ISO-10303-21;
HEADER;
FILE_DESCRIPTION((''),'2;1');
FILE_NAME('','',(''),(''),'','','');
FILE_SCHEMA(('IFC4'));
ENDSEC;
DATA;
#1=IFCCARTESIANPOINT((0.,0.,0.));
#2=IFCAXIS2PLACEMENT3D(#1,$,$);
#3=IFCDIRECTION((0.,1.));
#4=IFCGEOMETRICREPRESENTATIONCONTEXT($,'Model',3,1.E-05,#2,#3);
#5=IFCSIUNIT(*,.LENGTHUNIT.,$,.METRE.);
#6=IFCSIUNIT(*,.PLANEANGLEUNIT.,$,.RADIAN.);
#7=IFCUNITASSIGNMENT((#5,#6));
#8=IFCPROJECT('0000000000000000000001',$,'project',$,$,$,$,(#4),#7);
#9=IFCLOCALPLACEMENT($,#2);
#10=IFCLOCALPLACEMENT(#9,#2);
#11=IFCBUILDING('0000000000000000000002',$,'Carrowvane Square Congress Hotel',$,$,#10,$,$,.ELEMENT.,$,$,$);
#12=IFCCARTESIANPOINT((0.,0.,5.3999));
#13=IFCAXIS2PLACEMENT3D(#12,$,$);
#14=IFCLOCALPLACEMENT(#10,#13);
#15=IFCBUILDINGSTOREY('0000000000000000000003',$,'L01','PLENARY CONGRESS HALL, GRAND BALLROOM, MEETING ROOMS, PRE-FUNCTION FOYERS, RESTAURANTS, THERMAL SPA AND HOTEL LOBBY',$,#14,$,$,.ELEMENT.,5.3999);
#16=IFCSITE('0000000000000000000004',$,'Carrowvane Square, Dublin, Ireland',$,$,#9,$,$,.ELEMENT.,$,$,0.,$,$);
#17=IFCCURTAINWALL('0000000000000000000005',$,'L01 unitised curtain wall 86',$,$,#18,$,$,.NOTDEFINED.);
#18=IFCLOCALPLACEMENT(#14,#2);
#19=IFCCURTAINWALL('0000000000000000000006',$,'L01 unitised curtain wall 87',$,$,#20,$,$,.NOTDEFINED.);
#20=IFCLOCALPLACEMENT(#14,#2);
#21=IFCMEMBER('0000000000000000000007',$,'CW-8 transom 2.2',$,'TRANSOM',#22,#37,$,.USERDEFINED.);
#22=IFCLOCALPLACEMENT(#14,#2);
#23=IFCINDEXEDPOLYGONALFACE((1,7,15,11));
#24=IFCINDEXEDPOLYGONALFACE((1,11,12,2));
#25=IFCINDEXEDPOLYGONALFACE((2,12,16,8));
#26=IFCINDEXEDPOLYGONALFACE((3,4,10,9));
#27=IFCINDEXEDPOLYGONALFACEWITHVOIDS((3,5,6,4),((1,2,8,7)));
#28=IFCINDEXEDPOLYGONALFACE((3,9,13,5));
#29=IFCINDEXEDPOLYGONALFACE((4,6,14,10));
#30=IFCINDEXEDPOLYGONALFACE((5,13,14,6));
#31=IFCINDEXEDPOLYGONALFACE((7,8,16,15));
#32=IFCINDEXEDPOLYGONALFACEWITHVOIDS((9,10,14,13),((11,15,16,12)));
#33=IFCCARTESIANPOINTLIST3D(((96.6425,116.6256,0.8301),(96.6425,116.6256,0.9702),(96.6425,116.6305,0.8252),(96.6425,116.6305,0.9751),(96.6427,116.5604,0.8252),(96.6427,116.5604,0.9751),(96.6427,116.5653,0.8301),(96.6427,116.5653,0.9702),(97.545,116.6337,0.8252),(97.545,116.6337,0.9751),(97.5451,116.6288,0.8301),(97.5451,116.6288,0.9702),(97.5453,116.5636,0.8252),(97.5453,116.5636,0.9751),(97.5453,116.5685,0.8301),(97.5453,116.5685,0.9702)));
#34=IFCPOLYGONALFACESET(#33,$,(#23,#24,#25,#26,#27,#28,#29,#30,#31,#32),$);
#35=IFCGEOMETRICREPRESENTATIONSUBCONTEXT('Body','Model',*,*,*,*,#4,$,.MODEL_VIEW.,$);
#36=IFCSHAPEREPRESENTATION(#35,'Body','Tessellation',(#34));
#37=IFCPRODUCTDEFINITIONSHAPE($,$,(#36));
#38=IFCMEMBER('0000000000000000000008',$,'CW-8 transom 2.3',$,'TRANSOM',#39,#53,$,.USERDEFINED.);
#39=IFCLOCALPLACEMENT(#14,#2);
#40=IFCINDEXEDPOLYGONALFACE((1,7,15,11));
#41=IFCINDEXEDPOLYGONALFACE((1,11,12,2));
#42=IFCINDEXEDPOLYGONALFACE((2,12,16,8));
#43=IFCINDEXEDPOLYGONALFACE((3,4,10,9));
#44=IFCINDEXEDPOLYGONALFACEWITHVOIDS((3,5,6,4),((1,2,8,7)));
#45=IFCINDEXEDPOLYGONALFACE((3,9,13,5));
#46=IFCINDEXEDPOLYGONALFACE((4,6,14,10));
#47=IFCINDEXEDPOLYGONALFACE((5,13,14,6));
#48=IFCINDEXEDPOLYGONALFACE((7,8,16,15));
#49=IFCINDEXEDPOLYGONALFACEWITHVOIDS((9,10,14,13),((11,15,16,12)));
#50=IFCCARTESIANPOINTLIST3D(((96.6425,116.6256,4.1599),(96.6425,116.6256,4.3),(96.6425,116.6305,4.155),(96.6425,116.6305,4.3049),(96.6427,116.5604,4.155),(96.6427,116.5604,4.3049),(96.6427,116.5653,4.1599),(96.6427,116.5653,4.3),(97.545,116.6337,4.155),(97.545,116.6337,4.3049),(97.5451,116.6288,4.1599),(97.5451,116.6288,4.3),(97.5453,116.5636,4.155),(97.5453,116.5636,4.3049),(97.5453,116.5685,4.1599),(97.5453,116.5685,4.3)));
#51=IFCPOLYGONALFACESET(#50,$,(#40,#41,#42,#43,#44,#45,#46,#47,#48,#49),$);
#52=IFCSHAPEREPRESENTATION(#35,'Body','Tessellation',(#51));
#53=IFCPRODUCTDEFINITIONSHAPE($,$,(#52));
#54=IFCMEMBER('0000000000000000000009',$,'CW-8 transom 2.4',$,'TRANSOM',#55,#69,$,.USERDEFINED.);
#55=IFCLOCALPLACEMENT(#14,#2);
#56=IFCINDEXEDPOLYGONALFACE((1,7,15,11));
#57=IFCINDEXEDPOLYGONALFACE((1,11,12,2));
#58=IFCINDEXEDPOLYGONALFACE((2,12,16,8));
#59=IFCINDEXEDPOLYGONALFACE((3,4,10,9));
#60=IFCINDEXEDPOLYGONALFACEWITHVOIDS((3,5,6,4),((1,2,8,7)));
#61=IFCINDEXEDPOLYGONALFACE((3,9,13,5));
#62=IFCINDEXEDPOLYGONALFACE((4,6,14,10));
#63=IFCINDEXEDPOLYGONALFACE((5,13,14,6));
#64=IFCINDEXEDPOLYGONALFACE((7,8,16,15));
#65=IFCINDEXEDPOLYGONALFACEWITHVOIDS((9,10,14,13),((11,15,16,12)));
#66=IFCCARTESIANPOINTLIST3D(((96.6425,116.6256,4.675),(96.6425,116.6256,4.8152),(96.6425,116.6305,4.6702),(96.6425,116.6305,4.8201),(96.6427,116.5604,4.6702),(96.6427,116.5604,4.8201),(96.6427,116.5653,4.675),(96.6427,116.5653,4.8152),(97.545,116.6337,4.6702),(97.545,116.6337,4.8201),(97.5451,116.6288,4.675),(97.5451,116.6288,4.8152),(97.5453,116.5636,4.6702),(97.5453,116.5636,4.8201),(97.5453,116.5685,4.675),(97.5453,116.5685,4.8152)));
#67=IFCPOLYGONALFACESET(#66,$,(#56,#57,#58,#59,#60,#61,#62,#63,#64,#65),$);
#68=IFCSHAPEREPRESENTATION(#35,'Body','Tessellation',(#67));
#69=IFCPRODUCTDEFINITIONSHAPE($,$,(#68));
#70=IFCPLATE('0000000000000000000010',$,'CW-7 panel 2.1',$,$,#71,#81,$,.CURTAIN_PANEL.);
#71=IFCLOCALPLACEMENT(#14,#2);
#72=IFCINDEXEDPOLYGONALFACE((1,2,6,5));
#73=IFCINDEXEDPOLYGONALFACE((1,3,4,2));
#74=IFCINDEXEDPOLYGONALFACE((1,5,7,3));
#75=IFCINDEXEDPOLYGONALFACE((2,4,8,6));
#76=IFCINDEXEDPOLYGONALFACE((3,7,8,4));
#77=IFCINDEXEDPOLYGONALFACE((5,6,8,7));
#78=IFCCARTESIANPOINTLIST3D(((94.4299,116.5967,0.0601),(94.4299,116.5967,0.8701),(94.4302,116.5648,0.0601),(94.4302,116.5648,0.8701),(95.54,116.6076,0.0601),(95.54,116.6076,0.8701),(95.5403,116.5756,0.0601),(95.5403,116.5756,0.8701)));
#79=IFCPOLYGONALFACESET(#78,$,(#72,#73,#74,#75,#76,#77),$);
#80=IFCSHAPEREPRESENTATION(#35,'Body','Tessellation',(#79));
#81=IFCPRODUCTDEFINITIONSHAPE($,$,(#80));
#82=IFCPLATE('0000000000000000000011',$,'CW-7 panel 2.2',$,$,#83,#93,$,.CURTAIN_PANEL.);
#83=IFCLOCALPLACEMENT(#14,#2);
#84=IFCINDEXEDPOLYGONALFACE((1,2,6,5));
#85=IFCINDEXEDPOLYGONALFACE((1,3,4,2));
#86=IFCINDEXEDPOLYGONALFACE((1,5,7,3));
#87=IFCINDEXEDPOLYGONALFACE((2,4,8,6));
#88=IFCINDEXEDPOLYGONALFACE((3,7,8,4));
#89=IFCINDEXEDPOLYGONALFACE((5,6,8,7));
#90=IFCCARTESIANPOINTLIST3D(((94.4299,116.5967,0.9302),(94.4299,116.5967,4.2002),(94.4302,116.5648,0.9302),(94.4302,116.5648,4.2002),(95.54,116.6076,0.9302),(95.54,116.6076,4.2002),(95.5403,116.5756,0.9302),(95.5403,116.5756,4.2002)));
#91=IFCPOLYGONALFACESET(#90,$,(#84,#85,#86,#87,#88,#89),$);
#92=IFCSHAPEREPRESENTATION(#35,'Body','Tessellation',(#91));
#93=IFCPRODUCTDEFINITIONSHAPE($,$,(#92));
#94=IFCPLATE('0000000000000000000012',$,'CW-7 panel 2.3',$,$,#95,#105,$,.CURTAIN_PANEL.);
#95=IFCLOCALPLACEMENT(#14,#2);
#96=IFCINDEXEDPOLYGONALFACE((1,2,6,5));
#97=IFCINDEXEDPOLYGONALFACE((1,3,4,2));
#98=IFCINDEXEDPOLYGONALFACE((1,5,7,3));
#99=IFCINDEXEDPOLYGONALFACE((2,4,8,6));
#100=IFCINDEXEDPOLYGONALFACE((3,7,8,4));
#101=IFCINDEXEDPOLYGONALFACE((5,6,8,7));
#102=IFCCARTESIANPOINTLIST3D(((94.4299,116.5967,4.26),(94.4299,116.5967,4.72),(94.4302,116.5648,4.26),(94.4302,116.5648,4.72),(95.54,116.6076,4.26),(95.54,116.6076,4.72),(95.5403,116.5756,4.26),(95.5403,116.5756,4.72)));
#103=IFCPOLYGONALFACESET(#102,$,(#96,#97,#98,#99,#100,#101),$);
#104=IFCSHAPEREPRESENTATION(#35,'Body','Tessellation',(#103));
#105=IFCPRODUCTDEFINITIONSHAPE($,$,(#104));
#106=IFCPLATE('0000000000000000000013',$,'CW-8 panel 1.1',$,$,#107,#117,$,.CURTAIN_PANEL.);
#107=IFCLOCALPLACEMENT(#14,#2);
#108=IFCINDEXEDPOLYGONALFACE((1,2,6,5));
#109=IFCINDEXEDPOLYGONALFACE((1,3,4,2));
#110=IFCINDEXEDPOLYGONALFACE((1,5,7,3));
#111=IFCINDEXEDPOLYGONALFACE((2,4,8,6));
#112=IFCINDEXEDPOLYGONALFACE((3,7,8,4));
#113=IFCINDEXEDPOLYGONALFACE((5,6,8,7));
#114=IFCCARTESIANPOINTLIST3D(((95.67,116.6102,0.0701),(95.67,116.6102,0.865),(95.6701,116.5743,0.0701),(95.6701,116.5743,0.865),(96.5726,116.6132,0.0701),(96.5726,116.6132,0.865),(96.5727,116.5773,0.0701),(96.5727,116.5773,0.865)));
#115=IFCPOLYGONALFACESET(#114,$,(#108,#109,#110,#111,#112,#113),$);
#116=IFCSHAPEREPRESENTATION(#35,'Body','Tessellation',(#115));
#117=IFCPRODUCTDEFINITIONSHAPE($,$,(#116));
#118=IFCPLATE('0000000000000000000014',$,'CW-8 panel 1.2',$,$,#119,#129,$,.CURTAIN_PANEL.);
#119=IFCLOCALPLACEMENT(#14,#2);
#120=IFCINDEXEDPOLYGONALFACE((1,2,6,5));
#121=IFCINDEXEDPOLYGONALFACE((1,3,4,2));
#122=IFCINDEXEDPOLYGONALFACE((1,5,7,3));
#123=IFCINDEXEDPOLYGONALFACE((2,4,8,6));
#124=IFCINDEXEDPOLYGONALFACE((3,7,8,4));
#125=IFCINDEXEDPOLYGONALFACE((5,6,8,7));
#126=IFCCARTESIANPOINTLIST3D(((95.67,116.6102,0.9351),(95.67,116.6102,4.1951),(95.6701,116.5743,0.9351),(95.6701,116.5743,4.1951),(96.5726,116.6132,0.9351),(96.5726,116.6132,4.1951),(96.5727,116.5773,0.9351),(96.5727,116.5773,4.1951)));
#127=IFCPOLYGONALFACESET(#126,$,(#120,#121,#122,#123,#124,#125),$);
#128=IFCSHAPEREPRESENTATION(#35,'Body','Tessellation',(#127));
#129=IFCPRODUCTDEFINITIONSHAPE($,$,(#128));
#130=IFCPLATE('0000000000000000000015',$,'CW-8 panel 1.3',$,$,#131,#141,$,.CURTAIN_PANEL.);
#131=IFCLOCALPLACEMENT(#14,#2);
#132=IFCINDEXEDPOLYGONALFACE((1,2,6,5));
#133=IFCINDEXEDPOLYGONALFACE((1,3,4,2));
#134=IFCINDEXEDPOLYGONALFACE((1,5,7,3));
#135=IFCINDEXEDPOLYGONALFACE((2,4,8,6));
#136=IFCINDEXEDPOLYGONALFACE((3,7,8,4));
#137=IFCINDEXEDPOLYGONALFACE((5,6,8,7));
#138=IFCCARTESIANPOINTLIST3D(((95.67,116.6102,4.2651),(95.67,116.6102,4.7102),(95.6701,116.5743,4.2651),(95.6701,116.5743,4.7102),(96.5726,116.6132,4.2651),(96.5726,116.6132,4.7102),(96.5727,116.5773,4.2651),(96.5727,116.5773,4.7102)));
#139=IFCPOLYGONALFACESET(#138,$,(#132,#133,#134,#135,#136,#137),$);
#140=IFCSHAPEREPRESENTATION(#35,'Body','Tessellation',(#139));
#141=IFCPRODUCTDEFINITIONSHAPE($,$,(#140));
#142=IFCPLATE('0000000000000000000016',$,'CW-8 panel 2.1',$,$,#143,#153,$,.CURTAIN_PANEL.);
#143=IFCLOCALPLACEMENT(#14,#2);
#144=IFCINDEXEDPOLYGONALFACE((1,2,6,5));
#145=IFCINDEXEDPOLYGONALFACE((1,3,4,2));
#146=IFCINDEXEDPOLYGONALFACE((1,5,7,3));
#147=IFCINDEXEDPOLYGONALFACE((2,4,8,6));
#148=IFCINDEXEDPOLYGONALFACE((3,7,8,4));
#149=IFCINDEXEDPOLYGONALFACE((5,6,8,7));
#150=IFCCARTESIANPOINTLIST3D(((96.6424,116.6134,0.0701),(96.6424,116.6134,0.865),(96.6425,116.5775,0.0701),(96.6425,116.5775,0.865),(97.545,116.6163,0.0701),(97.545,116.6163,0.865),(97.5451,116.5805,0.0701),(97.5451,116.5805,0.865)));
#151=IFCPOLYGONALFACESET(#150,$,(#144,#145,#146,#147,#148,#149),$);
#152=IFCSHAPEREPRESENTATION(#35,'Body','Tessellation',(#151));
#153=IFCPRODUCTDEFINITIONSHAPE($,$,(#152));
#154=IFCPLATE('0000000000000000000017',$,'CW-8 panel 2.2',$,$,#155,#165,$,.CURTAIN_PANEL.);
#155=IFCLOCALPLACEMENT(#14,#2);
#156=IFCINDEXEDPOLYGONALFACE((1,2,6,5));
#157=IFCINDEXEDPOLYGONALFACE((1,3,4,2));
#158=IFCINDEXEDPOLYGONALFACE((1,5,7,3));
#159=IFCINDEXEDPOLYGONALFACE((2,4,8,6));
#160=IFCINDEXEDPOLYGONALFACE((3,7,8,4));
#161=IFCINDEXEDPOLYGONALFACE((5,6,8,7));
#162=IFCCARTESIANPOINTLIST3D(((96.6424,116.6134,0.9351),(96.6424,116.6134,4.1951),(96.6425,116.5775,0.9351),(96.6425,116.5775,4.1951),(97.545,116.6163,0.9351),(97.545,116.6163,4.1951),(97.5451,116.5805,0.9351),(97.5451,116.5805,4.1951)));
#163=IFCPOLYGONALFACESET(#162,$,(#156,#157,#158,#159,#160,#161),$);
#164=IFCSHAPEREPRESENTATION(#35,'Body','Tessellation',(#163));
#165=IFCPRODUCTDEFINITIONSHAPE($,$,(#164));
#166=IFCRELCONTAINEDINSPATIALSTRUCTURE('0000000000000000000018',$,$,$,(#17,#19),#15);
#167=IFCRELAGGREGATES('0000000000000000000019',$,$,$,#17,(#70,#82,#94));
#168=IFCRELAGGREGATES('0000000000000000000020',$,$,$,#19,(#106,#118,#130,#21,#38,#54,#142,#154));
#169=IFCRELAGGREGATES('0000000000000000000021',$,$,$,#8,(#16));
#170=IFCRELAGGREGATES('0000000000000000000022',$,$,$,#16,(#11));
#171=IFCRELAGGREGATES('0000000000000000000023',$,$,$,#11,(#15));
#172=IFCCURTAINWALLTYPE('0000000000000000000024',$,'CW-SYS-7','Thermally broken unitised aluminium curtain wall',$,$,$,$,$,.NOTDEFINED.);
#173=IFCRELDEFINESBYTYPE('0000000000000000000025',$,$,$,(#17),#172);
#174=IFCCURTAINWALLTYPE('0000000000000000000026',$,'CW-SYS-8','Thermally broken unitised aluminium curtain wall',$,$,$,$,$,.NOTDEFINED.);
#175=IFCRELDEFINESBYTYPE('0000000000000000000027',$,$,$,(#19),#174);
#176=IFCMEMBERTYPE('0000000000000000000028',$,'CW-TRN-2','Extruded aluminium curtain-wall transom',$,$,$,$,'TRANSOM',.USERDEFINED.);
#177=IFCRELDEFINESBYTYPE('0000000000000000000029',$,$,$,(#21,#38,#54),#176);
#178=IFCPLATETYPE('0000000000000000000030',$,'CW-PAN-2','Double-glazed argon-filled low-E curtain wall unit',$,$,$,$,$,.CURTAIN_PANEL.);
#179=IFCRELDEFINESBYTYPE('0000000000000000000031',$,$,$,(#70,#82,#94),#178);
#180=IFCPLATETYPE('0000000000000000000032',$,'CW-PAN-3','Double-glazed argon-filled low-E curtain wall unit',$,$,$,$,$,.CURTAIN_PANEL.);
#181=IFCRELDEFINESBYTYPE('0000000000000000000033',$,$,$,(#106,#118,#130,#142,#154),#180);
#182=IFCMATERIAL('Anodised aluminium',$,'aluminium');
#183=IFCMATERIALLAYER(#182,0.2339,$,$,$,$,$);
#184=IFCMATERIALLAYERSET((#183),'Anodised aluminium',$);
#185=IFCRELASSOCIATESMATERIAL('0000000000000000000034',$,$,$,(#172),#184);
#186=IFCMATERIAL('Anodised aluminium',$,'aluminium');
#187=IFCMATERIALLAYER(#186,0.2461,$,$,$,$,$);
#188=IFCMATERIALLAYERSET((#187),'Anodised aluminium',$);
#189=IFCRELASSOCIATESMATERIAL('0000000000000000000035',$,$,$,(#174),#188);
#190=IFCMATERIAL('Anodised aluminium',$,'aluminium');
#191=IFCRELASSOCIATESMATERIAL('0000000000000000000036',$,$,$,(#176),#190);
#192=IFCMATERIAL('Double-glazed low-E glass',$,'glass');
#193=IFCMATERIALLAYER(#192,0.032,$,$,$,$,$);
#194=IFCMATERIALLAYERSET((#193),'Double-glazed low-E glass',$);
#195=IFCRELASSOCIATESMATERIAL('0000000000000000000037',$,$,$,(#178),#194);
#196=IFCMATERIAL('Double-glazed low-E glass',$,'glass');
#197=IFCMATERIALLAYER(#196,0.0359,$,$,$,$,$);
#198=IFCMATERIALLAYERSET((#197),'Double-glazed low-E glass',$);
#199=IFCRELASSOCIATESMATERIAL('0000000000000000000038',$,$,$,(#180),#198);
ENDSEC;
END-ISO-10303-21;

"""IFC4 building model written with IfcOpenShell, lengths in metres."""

from ifc_helpers import new_model, si_unit, direction, frame, origin, origin_2d, place, context, subcontext, project, spatial, rectangle, hollow_rectangle, extrude, material, layer, layer_set, material_profile, profile_set, type_object, element, aggregate, save


model = new_model("IFC4")

# Units and contexts
model_context = context("Model", 3, precision=1e-05, world=origin(), true_north=direction((0.0, 1.0)))
body_context = subcontext(model_context, "Body", "Model", "MODEL_VIEW")
ifc_project = project(units=[si_unit("LENGTHUNIT", "METRE"), si_unit("PLANEANGLEUNIT", "RADIAN")], contexts=[model_context])

# Site, building, storey
site_placement = place(None, origin())
site = spatial("IfcSite", under=ifc_project, at=site_placement, Name="Carrowvane Square, Dublin, Ireland", CompositionType="ELEMENT", RefElevation=0.0)
building_placement = place(site_placement, origin())
building = spatial("IfcBuilding", under=site, at=building_placement, Name="Carrowvane Square Congress Hotel", CompositionType="ELEMENT")
storey_placement = place(building_placement, frame((0.0, 0.0, 5.3999)))
storey = spatial("IfcBuildingStorey", under=building, at=storey_placement, Name="L01", Description="PLENARY CONGRESS HALL, GRAND BALLROOM, MEETING ROOMS, PRE-FUNCTION FOYERS, RESTAURANTS, THERMAL SPA AND HOTEL LOBBY", CompositionType="ELEMENT", Elevation=5.3999)

# Curtain wall
ifc_material_1 = material(Name="Anodised aluminium", Category="aluminium")
ifc_layer_1 = layer(ifc_material_1, 0.2339)
ifc_layer_set_1 = layer_set([ifc_layer_1], Name="Anodised aluminium")
curtain_wall_type_1 = type_object("IfcCurtainWallType", Name="CW-SYS-7", Description="Thermally broken unitised aluminium curtain wall", PredefinedType="NOTDEFINED", material=ifc_layer_set_1)
curtain_wall_1_placement = place(storey_placement, origin())
curtain_wall_1 = element("IfcCurtainWall", 1, at=curtain_wall_1_placement, inside=storey, type_object=curtain_wall_type_1, Name="L01 unitised curtain wall 86", PredefinedType="NOTDEFINED")

# Curtain wall
ifc_material_2 = material(Name="Anodised aluminium", Category="aluminium")
ifc_layer_2 = layer(ifc_material_2, 0.2461)
ifc_layer_set_2 = layer_set([ifc_layer_2], Name="Anodised aluminium")
curtain_wall_type_2 = type_object("IfcCurtainWallType", Name="CW-SYS-8", Description="Thermally broken unitised aluminium curtain wall", PredefinedType="NOTDEFINED", material=ifc_layer_set_2)
curtain_wall_2_placement = place(storey_placement, origin())
curtain_wall_2 = element("IfcCurtainWall", 2, at=curtain_wall_2_placement, inside=storey, type_object=curtain_wall_type_2, Name="L01 unitised curtain wall 87", PredefinedType="NOTDEFINED")

# Members
ifc_material_3 = material(Name="Anodised aluminium", Category="aluminium")
ifc_material_profile_1 = material_profile(ifc_material_3, hollow_rectangle(XDim=0.0701, YDim=0.1499, WallThickness=0.0049, at=origin_2d()), Name="CW-TR 70x150x5")
ifc_profile_set_1 = profile_set([ifc_material_profile_1], Name="Anodised aluminium")
member_type_1 = type_object("IfcMemberType", Name="CW-TRN-2", Description="Extruded aluminium curtain-wall transom", ElementType="TRANSOM", PredefinedType="USERDEFINED", material=ifc_profile_set_1)
member_1_placement = place(storey_placement, frame((96.6426, 116.5955, 0.9001), z_axis=(0.999994, 0.003516, 0.0), x_axis=(-0.003516, 0.999994, 0.0)))
member_1 = element("IfcMember", 3, at=member_1_placement, type_object=member_type_1, Name="CW-8 transom 2.2", ObjectType="TRANSOM", PredefinedType="USERDEFINED", context=body_context, shape_type="SweptSolid", body=[
    extrude(hollow_rectangle(XDim=0.0701, YDim=0.1499, WallThickness=0.0049, at=origin_2d()), origin(), (0.0, 0.0, 1.0), 0.9026),
])
member_2_placement = place(storey_placement, frame((96.6426, 116.5955, 4.23), z_axis=(0.999994, 0.003516, 0.0), x_axis=(-0.003516, 0.999994, 0.0)))
member_2 = element("IfcMember", 4, at=member_2_placement, type_object=member_type_1, Name="CW-8 transom 2.3", ObjectType="TRANSOM", PredefinedType="USERDEFINED", context=body_context, shape_type="SweptSolid", body=[
    extrude(hollow_rectangle(XDim=0.0701, YDim=0.1499, WallThickness=0.0049, at=origin_2d()), origin(), (0.0, 0.0, 1.0), 0.9026),
])
member_3_placement = place(storey_placement, frame((96.6426, 116.5955, 4.7451), z_axis=(0.999994, 0.003516, 0.0), x_axis=(-0.003516, 0.999994, 0.0)))
member_3 = element("IfcMember", 5, at=member_3_placement, type_object=member_type_1, Name="CW-8 transom 2.4", ObjectType="TRANSOM", PredefinedType="USERDEFINED", context=body_context, shape_type="SweptSolid", body=[
    extrude(hollow_rectangle(XDim=0.0701, YDim=0.1499, WallThickness=0.0049, at=origin_2d()), origin(), (0.0, 0.0, 1.0), 0.9026),
])

# Plates
ifc_material_4 = material(Name="Double-glazed low-E glass", Category="glass")
ifc_layer_3 = layer(ifc_material_4, 0.032)
ifc_layer_set_3 = layer_set([ifc_layer_3], Name="Double-glazed low-E glass")
plate_type_1 = type_object("IfcPlateType", Name="CW-PAN-2", Description="Double-glazed argon-filled low-E curtain wall unit", PredefinedType="CURTAIN_PANEL", material=ifc_layer_set_3)
plate_1_placement = place(storey_placement, frame((94.9851, 116.5862, 0.0601), z_axis=(0.0, 0.0, 1.0), x_axis=(0.999952, 0.009783, 0.0)))
plate_1 = element("IfcPlate", 6, at=plate_1_placement, type_object=plate_type_1, Name="CW-7 panel 2.1", PredefinedType="CURTAIN_PANEL", context=body_context, shape_type="SweptSolid", body=[
    extrude(rectangle(XDim=1.1101, YDim=0.032, at=origin_2d()), origin(), (0.0, 0.0, 1.0), 0.8101),
])
plate_2_placement = place(storey_placement, frame((94.9851, 116.5862, 0.9302), z_axis=(0.0, 0.0, 1.0), x_axis=(0.999952, 0.009783, 0.0)))
plate_2 = element("IfcPlate", 7, at=plate_2_placement, type_object=plate_type_1, Name="CW-7 panel 2.2", PredefinedType="CURTAIN_PANEL", context=body_context, shape_type="SweptSolid", body=[
    extrude(rectangle(XDim=1.1101, YDim=0.032, at=origin_2d()), origin(), (0.0, 0.0, 1.0), 3.27),
])
plate_3_placement = place(storey_placement, frame((94.9851, 116.5862, 4.26), z_axis=(0.0, 0.0, 1.0), x_axis=(0.999952, 0.009783, 0.0)))
plate_3 = element("IfcPlate", 8, at=plate_3_placement, type_object=plate_type_1, Name="CW-7 panel 2.3", PredefinedType="CURTAIN_PANEL", context=body_context, shape_type="SweptSolid", body=[
    extrude(rectangle(XDim=1.1101, YDim=0.032, at=origin_2d()), origin(), (0.0, 0.0, 1.0), 0.46),
])
aggregate(curtain_wall_1, [plate_1, plate_2, plate_3])
ifc_material_5 = material(Name="Double-glazed low-E glass", Category="glass")
ifc_layer_4 = layer(ifc_material_5, 0.0359)
ifc_layer_set_4 = layer_set([ifc_layer_4], Name="Double-glazed low-E glass")
plate_type_2 = type_object("IfcPlateType", Name="CW-PAN-3", Description="Double-glazed argon-filled low-E curtain wall unit", PredefinedType="CURTAIN_PANEL", material=ifc_layer_set_4)
plate_4_placement = place(storey_placement, frame((96.1213, 116.5938, 0.0701), z_axis=(0.0, 0.0, 1.0), x_axis=(0.999995, 0.00327, 0.0)))
plate_4 = element("IfcPlate", 9, at=plate_4_placement, type_object=plate_type_2, Name="CW-8 panel 1.1", PredefinedType="CURTAIN_PANEL", context=body_context, shape_type="SweptSolid", body=[
    extrude(rectangle(XDim=0.9026, YDim=0.0359, at=origin_2d()), origin(), (0.0, 0.0, 1.0), 0.7949),
])
plate_5_placement = place(storey_placement, frame((96.1213, 116.5938, 0.9351), z_axis=(0.0, 0.0, 1.0), x_axis=(0.999995, 0.00327, 0.0)))
plate_5 = element("IfcPlate", 10, at=plate_5_placement, type_object=plate_type_2, Name="CW-8 panel 1.2", PredefinedType="CURTAIN_PANEL", context=body_context, shape_type="SweptSolid", body=[
    extrude(rectangle(XDim=0.9026, YDim=0.0359, at=origin_2d()), origin(), (0.0, 0.0, 1.0), 3.26),
])
plate_6_placement = place(storey_placement, frame((96.1213, 116.5938, 4.2651), z_axis=(0.0, 0.0, 1.0), x_axis=(0.999995, 0.00327, 0.0)))
plate_6 = element("IfcPlate", 11, at=plate_6_placement, type_object=plate_type_2, Name="CW-8 panel 1.3", PredefinedType="CURTAIN_PANEL", context=body_context, shape_type="SweptSolid", body=[
    extrude(rectangle(XDim=0.9026, YDim=0.0359, at=origin_2d()), origin(), (0.0, 0.0, 1.0), 0.4451),
])
plate_7_placement = place(storey_placement, frame((97.0938, 116.5969, 0.0701), z_axis=(0.0, 0.0, 1.0), x_axis=(0.999995, 0.00327, 0.0)))
plate_7 = element("IfcPlate", 12, at=plate_7_placement, type_object=plate_type_2, Name="CW-8 panel 2.1", PredefinedType="CURTAIN_PANEL", context=body_context, shape_type="SweptSolid", body=[
    extrude(rectangle(XDim=0.9026, YDim=0.0359, at=origin_2d()), origin(), (0.0, 0.0, 1.0), 0.7949),
])
plate_8_placement = place(storey_placement, frame((97.0938, 116.5969, 0.9351), z_axis=(0.0, 0.0, 1.0), x_axis=(0.999995, 0.00327, 0.0)))
plate_8 = element("IfcPlate", 13, at=plate_8_placement, type_object=plate_type_2, Name="CW-8 panel 2.2", PredefinedType="CURTAIN_PANEL", context=body_context, shape_type="SweptSolid", body=[
    extrude(rectangle(XDim=0.9026, YDim=0.0359, at=origin_2d()), origin(), (0.0, 0.0, 1.0), 3.26),
])
aggregate(curtain_wall_2, [plate_4, plate_5, plate_6, member_1, member_2, member_3, plate_7, plate_8])

save(model, "model.ifc")
